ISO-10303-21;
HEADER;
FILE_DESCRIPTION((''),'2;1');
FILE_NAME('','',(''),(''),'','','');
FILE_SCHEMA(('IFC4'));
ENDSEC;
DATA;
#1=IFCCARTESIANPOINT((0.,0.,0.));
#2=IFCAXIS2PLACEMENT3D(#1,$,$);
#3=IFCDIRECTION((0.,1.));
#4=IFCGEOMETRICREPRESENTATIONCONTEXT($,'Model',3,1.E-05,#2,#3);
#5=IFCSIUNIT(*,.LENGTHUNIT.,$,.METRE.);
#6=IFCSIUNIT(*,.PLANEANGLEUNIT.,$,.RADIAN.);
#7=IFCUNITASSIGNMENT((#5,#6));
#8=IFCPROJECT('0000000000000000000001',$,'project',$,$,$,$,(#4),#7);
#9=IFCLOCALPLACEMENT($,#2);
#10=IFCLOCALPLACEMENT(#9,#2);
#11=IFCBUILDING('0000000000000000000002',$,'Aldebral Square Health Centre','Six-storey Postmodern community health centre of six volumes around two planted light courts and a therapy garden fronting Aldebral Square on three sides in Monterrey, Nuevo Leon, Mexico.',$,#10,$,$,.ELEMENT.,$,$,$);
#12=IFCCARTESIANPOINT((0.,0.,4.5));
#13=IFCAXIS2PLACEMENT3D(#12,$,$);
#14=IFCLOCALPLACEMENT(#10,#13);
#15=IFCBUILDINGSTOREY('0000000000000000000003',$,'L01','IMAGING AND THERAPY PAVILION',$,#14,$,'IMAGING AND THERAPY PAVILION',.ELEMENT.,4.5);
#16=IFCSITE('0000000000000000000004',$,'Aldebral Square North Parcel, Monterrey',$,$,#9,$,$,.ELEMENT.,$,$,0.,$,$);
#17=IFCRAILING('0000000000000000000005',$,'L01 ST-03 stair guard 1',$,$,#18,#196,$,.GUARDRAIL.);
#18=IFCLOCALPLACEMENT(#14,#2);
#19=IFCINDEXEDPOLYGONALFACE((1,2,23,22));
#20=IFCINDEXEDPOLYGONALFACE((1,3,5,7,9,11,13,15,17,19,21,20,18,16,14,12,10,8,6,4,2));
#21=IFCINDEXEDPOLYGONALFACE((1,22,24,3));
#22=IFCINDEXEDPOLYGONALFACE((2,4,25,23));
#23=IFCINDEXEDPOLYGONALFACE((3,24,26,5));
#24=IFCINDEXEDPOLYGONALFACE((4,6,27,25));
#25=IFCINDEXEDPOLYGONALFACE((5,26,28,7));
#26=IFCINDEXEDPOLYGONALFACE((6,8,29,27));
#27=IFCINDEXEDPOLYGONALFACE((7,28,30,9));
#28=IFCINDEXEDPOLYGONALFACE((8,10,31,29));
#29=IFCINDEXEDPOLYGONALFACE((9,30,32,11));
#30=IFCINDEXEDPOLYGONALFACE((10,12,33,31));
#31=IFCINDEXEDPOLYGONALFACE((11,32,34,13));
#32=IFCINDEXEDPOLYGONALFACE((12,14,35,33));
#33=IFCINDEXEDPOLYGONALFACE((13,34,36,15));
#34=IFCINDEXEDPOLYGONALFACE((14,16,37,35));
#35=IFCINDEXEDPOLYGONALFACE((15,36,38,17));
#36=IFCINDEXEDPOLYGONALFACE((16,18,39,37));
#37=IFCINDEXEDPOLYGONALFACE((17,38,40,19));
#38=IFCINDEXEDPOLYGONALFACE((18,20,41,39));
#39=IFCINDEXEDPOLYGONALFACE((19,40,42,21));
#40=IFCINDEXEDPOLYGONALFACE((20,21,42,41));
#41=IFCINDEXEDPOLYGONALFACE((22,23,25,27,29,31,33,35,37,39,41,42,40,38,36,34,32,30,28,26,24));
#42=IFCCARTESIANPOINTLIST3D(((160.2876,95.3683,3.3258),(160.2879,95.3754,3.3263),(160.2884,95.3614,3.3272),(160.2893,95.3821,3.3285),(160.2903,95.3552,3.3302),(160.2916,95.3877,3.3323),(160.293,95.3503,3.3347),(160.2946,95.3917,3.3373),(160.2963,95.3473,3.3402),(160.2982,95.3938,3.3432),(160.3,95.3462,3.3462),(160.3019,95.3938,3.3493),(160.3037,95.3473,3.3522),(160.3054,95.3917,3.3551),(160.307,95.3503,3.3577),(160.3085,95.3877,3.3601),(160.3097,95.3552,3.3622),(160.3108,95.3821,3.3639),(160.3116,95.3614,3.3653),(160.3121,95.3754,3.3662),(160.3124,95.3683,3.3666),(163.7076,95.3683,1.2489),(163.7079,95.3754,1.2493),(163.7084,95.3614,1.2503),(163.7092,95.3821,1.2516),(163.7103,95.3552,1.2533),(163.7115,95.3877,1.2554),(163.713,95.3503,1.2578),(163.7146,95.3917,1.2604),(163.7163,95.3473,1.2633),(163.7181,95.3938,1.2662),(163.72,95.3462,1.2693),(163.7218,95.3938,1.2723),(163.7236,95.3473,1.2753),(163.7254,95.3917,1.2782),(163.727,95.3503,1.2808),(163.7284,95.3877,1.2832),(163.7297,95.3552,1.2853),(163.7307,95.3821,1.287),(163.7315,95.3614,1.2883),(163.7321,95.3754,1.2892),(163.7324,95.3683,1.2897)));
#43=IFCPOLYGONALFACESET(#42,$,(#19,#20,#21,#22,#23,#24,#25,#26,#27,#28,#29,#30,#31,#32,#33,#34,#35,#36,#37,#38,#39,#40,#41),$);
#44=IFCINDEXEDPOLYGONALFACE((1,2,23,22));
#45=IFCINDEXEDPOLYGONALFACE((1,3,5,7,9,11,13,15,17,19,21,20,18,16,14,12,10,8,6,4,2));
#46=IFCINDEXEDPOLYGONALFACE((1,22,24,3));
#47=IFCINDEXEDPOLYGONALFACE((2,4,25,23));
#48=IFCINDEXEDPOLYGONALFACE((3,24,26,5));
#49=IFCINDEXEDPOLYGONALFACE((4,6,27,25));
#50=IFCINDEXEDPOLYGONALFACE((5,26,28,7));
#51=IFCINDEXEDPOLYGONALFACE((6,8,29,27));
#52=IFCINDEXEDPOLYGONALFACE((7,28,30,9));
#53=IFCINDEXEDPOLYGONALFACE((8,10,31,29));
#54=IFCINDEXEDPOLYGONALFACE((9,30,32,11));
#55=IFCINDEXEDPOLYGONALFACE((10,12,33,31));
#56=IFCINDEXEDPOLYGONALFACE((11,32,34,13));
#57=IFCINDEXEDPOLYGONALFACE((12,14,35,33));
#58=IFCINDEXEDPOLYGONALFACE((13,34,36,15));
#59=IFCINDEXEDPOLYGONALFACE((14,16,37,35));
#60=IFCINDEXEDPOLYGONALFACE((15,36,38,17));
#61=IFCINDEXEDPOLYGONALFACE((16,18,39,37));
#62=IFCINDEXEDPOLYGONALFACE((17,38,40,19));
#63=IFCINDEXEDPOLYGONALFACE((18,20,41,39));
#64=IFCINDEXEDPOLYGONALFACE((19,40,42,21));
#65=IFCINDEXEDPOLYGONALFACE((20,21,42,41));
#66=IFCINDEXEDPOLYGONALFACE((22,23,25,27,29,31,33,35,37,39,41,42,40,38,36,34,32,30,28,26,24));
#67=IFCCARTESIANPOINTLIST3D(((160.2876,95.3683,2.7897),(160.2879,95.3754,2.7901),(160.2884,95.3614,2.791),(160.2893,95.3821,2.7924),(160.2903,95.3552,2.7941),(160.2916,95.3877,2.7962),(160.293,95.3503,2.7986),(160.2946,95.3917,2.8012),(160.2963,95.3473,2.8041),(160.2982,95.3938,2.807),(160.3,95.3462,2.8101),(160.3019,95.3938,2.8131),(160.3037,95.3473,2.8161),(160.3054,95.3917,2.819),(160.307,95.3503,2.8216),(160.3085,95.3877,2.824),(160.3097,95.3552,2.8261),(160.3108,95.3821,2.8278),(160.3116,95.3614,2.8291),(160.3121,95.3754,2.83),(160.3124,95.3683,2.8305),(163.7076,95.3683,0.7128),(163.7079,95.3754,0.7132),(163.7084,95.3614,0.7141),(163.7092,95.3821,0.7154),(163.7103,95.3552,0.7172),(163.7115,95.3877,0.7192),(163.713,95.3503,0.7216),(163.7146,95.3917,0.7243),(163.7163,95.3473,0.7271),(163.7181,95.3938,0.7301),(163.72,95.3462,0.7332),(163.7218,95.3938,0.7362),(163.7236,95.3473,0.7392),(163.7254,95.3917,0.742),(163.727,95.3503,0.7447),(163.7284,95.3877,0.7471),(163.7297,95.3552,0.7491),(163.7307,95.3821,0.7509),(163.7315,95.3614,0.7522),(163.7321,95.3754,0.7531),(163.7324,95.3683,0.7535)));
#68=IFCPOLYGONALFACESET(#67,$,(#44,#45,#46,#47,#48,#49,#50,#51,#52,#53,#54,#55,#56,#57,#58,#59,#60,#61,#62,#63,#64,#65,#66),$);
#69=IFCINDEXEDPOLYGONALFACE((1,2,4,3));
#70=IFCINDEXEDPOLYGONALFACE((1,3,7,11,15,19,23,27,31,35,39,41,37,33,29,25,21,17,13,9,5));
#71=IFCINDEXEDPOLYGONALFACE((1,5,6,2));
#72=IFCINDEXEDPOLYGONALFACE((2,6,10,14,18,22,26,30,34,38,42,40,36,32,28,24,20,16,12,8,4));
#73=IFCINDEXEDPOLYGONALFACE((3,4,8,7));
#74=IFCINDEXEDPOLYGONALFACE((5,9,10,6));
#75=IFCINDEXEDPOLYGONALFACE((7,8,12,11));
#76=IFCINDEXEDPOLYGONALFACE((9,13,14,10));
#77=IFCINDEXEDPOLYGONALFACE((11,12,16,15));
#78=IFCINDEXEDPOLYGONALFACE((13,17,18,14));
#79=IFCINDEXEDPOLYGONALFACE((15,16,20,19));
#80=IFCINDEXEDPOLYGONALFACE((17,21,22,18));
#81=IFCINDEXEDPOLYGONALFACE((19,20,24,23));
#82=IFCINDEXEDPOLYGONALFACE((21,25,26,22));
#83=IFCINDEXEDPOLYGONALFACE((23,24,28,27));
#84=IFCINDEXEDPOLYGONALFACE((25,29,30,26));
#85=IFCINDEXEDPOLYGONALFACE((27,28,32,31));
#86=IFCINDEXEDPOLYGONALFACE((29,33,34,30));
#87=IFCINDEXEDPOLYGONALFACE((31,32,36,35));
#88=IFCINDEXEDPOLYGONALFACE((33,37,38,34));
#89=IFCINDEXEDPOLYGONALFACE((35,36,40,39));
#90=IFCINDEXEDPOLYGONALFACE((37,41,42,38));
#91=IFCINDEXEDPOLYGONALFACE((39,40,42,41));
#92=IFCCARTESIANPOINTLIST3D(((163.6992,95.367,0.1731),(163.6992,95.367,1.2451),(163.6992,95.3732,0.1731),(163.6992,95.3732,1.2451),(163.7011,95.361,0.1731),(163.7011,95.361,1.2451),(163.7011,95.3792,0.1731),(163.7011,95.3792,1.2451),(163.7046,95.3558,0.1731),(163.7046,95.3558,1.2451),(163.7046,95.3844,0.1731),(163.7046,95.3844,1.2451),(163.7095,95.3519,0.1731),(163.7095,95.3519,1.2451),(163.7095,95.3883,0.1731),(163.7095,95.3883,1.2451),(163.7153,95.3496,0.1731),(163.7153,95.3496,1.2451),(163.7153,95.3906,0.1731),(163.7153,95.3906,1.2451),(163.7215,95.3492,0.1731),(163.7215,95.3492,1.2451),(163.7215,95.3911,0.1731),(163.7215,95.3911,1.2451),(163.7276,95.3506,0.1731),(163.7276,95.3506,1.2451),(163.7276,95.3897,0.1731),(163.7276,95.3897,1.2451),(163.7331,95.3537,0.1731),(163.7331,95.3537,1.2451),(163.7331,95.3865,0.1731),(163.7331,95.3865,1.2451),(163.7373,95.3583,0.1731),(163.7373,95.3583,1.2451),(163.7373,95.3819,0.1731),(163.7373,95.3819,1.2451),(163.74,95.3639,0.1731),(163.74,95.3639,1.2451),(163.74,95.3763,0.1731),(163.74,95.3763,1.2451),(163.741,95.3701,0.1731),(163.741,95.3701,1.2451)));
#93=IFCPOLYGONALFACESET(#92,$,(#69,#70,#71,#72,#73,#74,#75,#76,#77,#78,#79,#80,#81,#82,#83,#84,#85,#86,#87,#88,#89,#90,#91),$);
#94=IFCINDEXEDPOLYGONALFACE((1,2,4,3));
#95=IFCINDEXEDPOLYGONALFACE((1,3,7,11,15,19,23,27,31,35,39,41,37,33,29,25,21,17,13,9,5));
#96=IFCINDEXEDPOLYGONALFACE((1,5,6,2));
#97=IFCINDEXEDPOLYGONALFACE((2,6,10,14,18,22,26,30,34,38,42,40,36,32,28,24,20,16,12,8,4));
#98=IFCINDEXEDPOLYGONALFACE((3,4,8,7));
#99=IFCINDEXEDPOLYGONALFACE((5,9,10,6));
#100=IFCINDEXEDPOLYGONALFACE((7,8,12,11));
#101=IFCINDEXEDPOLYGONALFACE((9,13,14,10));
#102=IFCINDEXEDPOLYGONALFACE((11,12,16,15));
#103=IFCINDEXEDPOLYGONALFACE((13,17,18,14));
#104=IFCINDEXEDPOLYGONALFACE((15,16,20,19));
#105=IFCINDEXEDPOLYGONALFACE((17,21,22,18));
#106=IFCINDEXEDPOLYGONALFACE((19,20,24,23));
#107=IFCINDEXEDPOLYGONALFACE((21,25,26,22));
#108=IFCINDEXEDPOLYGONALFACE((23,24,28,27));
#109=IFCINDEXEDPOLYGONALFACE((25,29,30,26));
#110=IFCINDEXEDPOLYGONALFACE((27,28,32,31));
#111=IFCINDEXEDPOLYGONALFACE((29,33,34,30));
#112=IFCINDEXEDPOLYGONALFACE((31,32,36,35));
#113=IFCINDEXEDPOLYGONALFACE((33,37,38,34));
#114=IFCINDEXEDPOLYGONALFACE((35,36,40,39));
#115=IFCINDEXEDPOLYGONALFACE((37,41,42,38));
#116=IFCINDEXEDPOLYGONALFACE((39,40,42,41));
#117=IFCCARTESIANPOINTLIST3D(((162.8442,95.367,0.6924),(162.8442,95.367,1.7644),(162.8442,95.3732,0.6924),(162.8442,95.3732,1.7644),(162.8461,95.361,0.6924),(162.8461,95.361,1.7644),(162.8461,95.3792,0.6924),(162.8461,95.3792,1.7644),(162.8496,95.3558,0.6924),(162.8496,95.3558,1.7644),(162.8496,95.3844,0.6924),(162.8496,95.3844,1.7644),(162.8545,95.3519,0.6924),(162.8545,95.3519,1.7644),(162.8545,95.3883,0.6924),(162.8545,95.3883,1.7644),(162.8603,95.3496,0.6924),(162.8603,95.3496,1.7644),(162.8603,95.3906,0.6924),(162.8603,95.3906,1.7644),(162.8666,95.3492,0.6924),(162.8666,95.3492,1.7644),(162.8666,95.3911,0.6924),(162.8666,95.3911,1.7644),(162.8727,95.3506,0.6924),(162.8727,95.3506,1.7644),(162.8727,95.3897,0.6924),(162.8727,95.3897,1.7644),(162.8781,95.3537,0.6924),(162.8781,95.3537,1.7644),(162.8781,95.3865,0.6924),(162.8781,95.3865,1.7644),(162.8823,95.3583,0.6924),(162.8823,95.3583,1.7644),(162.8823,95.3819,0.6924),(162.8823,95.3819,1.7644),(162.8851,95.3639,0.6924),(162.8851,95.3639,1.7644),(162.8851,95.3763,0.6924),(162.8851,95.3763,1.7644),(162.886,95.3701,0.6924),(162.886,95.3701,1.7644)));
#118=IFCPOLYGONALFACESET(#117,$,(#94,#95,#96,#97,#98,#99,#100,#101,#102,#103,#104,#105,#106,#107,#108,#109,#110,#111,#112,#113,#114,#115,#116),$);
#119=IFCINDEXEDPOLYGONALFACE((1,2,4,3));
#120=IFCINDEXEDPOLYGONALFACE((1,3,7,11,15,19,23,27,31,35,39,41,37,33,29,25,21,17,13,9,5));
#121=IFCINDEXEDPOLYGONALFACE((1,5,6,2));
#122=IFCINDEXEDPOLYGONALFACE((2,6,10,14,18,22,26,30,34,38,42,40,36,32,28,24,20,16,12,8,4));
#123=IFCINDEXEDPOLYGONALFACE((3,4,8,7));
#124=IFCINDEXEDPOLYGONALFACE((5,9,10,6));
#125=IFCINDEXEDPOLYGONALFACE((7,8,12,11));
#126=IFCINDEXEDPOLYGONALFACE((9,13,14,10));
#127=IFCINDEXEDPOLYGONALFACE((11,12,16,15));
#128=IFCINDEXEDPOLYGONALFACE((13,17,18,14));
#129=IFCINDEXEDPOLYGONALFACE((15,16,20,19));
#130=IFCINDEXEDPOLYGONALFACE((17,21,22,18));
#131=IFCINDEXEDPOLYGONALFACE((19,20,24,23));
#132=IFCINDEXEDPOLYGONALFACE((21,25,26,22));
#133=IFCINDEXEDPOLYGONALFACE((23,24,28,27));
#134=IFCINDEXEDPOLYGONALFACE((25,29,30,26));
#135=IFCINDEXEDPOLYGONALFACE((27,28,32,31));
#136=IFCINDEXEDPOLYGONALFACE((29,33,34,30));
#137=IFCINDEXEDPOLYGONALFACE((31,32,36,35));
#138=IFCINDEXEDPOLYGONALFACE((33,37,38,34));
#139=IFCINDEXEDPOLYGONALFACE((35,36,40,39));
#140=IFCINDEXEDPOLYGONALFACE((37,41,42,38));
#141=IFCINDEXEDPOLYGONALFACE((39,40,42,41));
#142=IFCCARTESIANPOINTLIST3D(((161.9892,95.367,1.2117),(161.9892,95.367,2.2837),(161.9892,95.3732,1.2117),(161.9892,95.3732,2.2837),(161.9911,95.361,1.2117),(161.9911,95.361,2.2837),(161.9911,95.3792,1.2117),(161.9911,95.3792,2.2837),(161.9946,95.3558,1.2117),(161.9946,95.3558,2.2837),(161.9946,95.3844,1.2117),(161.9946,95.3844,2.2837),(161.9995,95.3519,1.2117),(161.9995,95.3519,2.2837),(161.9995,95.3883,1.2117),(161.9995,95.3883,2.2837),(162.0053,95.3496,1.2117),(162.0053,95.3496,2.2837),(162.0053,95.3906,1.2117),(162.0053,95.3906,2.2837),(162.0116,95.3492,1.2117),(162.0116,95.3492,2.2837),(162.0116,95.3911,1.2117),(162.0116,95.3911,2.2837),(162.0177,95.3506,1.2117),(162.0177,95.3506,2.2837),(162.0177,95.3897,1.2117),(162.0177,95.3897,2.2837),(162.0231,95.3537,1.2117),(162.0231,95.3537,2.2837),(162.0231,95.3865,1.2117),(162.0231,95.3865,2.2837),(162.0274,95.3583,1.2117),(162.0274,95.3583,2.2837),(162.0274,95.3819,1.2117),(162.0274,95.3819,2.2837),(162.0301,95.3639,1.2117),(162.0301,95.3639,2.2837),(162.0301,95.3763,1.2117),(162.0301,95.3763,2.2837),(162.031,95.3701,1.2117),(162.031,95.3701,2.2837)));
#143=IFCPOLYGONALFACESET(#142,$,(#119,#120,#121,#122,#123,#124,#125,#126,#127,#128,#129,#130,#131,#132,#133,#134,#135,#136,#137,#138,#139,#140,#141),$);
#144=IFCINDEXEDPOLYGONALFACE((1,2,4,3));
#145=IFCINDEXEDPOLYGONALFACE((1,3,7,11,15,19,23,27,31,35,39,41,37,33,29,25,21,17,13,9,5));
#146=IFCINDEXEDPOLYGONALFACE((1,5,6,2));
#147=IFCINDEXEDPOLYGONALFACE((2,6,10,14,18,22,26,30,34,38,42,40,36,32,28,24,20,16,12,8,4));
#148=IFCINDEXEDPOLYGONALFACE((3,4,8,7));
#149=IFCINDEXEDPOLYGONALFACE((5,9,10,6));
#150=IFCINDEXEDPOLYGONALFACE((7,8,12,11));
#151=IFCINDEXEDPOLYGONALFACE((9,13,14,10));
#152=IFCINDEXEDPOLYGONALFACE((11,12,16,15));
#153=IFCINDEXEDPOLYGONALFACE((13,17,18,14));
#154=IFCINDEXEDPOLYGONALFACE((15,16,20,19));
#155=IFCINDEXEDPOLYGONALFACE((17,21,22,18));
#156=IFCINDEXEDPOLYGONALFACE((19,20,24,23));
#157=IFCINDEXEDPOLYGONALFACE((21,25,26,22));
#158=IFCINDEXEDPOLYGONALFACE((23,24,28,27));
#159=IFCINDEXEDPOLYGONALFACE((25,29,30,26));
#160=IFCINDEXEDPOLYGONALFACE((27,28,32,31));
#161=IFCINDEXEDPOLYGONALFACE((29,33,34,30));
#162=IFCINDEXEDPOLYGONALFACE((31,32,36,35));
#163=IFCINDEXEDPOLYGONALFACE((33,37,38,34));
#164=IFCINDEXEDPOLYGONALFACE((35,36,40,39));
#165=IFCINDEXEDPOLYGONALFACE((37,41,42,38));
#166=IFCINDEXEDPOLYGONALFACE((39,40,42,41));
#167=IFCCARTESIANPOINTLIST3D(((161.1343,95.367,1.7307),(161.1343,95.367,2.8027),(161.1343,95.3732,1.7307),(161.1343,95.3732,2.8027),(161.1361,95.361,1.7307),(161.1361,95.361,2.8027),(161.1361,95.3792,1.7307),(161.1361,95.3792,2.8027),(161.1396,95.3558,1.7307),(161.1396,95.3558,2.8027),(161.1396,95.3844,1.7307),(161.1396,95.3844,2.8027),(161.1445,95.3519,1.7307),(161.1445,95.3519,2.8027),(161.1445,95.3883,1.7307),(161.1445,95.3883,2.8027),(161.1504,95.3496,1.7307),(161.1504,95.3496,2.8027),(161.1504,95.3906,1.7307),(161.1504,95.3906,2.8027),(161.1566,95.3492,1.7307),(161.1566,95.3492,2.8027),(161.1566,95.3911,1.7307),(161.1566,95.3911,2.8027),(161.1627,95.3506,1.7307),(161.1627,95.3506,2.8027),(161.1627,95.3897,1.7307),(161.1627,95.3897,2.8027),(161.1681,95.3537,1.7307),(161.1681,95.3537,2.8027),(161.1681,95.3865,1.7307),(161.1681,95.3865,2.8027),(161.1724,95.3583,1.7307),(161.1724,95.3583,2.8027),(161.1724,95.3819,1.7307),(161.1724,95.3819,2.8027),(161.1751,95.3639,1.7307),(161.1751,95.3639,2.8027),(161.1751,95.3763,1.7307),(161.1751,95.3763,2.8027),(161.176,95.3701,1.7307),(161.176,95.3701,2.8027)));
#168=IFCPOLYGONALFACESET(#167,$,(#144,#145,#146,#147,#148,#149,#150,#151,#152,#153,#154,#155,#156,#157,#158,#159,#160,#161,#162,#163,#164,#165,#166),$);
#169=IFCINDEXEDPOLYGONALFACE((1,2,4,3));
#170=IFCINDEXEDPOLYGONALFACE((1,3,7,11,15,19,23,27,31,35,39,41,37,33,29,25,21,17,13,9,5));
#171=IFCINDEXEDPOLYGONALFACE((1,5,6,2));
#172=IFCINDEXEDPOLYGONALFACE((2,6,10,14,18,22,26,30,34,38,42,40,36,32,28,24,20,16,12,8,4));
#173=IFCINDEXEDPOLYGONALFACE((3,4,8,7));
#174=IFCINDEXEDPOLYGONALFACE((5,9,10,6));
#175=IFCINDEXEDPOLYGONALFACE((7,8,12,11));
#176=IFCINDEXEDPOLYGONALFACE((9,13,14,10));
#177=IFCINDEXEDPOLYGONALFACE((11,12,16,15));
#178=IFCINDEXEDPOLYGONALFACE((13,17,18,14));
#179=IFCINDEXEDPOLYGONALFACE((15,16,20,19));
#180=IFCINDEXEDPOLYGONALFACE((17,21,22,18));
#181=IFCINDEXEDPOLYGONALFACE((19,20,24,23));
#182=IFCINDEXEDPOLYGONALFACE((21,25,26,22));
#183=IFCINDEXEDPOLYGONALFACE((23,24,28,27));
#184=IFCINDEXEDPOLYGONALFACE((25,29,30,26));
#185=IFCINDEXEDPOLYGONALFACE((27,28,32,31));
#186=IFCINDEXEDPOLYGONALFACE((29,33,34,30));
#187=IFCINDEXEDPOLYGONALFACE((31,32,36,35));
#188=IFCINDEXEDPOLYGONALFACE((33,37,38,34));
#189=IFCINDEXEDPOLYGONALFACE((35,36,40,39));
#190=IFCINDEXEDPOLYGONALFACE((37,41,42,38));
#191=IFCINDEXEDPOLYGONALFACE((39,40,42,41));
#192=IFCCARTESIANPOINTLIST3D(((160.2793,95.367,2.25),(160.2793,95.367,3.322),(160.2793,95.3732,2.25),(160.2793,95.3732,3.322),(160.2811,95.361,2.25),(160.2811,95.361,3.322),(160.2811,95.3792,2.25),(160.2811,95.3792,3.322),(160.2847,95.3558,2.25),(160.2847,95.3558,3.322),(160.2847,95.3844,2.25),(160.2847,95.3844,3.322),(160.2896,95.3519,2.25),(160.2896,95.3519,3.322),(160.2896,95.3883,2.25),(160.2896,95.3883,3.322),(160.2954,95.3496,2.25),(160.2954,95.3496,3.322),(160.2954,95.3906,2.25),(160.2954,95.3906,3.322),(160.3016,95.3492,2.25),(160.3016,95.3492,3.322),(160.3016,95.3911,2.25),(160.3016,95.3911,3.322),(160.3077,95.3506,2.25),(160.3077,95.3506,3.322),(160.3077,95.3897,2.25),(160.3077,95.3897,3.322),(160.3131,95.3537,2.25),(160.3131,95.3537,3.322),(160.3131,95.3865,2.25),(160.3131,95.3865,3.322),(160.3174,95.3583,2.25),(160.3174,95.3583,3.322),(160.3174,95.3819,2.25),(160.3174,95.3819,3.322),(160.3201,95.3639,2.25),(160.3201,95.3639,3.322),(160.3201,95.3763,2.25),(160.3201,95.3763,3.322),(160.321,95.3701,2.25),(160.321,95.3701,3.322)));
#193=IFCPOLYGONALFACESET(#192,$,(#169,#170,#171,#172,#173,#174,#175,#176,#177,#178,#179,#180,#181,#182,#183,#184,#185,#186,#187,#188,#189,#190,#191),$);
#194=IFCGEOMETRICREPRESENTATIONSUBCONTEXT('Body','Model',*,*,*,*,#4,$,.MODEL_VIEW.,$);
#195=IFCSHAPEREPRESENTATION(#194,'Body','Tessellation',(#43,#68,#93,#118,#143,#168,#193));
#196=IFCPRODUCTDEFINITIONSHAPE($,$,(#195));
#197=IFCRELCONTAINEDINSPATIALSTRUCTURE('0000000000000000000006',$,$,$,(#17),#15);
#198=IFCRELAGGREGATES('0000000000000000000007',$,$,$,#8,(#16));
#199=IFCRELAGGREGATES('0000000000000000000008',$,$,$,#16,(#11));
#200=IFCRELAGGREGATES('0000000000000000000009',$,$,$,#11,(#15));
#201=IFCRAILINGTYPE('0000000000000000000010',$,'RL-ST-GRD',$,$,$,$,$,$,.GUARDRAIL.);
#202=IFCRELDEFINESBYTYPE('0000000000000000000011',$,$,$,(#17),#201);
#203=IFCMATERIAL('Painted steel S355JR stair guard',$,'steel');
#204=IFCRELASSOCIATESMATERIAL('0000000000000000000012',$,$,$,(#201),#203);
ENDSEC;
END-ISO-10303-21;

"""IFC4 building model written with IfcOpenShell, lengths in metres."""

from ifc_helpers import new_model, si_unit, direction, frame, origin, origin_2d, place, context, subcontext, project, spatial, circle, extrude, material, type_object, element, save


model = new_model("IFC4")

# Units and contexts
model_context = context("Model", 3, precision=1e-05, world=origin(), true_north=direction((0.0, 1.0)))
body_context = subcontext(model_context, "Body", "Model", "MODEL_VIEW")
ifc_project = project(units=[si_unit("LENGTHUNIT", "METRE"), si_unit("PLANEANGLEUNIT", "RADIAN")], contexts=[model_context])

# Site, building, storey
site_placement = place(None, origin())
site = spatial("IfcSite", under=ifc_project, at=site_placement, Name="Aldebral Square North Parcel, Monterrey", CompositionType="ELEMENT", RefElevation=0.0)
building_placement = place(site_placement, origin())
building = spatial("IfcBuilding", under=site, at=building_placement, Name="Aldebral Square Health Centre", Description="Six-storey Postmodern community health centre of six volumes around two planted light courts and a therapy garden fronting Aldebral Square on three sides in Monterrey, Nuevo Leon, Mexico.", CompositionType="ELEMENT")
storey_placement = place(building_placement, frame((0.0, 0.0, 4.5)))
storey = spatial("IfcBuildingStorey", under=building, at=storey_placement, Name="L01", Description="IMAGING AND THERAPY PAVILION", LongName="IMAGING AND THERAPY PAVILION", CompositionType="ELEMENT", Elevation=4.5)

# Railing
ifc_material_1 = material(Name="Painted steel S355JR stair guard", Category="steel")
railing_type_1 = type_object("IfcRailingType", Name="RL-ST-GRD", PredefinedType="GUARDRAIL", material=ifc_material_1)
railing_1_placement = place(storey_placement, frame((163.72, 95.3701, 0.1731)))
element("IfcRailing", 1, at=railing_1_placement, inside=storey, type_object=railing_type_1, Name="L01 ST-03 stair guard 1", PredefinedType="GUARDRAIL", context=body_context, shape_type="SweptSolid", body=[
    extrude(circle(Radius=0.0239, at=origin_2d()), frame((0.0, 0.0, 1.0962), z_axis=(-0.85473, 0.0, 0.519074), x_axis=(0.0, -1.0, 0.0)), (0.0, 0.0, 1.0), 4.0012),
    extrude(circle(Radius=0.0239, at=origin_2d()), frame((0.0, 0.0, 0.5601), z_axis=(-0.85473, 0.0, 0.519074), x_axis=(0.0, -1.0, 0.0)), (0.0, 0.0, 1.0), 4.0012),
    extrude(circle(Radius=0.021, at=origin_2d()), origin(), (0.0, 0.0, 1.0), 1.072),
    extrude(circle(Radius=0.021, at=origin_2d()), frame((-0.855, 0.0, 0.5193)), (0.0, 0.0, 1.0), 1.072),
    extrude(circle(Radius=0.021, at=origin_2d()), frame((-1.71, 0.0, 1.0386)), (0.0, 0.0, 1.0), 1.072),
    extrude(circle(Radius=0.021, at=origin_2d()), frame((-2.5649, 0.0, 1.5576)), (0.0, 0.0, 1.0), 1.072),
    extrude(circle(Radius=0.021, at=origin_2d()), frame((-3.4199, 0.0, 2.0769)), (0.0, 0.0, 1.0), 1.072),
])

save(model, "model.ifc")
